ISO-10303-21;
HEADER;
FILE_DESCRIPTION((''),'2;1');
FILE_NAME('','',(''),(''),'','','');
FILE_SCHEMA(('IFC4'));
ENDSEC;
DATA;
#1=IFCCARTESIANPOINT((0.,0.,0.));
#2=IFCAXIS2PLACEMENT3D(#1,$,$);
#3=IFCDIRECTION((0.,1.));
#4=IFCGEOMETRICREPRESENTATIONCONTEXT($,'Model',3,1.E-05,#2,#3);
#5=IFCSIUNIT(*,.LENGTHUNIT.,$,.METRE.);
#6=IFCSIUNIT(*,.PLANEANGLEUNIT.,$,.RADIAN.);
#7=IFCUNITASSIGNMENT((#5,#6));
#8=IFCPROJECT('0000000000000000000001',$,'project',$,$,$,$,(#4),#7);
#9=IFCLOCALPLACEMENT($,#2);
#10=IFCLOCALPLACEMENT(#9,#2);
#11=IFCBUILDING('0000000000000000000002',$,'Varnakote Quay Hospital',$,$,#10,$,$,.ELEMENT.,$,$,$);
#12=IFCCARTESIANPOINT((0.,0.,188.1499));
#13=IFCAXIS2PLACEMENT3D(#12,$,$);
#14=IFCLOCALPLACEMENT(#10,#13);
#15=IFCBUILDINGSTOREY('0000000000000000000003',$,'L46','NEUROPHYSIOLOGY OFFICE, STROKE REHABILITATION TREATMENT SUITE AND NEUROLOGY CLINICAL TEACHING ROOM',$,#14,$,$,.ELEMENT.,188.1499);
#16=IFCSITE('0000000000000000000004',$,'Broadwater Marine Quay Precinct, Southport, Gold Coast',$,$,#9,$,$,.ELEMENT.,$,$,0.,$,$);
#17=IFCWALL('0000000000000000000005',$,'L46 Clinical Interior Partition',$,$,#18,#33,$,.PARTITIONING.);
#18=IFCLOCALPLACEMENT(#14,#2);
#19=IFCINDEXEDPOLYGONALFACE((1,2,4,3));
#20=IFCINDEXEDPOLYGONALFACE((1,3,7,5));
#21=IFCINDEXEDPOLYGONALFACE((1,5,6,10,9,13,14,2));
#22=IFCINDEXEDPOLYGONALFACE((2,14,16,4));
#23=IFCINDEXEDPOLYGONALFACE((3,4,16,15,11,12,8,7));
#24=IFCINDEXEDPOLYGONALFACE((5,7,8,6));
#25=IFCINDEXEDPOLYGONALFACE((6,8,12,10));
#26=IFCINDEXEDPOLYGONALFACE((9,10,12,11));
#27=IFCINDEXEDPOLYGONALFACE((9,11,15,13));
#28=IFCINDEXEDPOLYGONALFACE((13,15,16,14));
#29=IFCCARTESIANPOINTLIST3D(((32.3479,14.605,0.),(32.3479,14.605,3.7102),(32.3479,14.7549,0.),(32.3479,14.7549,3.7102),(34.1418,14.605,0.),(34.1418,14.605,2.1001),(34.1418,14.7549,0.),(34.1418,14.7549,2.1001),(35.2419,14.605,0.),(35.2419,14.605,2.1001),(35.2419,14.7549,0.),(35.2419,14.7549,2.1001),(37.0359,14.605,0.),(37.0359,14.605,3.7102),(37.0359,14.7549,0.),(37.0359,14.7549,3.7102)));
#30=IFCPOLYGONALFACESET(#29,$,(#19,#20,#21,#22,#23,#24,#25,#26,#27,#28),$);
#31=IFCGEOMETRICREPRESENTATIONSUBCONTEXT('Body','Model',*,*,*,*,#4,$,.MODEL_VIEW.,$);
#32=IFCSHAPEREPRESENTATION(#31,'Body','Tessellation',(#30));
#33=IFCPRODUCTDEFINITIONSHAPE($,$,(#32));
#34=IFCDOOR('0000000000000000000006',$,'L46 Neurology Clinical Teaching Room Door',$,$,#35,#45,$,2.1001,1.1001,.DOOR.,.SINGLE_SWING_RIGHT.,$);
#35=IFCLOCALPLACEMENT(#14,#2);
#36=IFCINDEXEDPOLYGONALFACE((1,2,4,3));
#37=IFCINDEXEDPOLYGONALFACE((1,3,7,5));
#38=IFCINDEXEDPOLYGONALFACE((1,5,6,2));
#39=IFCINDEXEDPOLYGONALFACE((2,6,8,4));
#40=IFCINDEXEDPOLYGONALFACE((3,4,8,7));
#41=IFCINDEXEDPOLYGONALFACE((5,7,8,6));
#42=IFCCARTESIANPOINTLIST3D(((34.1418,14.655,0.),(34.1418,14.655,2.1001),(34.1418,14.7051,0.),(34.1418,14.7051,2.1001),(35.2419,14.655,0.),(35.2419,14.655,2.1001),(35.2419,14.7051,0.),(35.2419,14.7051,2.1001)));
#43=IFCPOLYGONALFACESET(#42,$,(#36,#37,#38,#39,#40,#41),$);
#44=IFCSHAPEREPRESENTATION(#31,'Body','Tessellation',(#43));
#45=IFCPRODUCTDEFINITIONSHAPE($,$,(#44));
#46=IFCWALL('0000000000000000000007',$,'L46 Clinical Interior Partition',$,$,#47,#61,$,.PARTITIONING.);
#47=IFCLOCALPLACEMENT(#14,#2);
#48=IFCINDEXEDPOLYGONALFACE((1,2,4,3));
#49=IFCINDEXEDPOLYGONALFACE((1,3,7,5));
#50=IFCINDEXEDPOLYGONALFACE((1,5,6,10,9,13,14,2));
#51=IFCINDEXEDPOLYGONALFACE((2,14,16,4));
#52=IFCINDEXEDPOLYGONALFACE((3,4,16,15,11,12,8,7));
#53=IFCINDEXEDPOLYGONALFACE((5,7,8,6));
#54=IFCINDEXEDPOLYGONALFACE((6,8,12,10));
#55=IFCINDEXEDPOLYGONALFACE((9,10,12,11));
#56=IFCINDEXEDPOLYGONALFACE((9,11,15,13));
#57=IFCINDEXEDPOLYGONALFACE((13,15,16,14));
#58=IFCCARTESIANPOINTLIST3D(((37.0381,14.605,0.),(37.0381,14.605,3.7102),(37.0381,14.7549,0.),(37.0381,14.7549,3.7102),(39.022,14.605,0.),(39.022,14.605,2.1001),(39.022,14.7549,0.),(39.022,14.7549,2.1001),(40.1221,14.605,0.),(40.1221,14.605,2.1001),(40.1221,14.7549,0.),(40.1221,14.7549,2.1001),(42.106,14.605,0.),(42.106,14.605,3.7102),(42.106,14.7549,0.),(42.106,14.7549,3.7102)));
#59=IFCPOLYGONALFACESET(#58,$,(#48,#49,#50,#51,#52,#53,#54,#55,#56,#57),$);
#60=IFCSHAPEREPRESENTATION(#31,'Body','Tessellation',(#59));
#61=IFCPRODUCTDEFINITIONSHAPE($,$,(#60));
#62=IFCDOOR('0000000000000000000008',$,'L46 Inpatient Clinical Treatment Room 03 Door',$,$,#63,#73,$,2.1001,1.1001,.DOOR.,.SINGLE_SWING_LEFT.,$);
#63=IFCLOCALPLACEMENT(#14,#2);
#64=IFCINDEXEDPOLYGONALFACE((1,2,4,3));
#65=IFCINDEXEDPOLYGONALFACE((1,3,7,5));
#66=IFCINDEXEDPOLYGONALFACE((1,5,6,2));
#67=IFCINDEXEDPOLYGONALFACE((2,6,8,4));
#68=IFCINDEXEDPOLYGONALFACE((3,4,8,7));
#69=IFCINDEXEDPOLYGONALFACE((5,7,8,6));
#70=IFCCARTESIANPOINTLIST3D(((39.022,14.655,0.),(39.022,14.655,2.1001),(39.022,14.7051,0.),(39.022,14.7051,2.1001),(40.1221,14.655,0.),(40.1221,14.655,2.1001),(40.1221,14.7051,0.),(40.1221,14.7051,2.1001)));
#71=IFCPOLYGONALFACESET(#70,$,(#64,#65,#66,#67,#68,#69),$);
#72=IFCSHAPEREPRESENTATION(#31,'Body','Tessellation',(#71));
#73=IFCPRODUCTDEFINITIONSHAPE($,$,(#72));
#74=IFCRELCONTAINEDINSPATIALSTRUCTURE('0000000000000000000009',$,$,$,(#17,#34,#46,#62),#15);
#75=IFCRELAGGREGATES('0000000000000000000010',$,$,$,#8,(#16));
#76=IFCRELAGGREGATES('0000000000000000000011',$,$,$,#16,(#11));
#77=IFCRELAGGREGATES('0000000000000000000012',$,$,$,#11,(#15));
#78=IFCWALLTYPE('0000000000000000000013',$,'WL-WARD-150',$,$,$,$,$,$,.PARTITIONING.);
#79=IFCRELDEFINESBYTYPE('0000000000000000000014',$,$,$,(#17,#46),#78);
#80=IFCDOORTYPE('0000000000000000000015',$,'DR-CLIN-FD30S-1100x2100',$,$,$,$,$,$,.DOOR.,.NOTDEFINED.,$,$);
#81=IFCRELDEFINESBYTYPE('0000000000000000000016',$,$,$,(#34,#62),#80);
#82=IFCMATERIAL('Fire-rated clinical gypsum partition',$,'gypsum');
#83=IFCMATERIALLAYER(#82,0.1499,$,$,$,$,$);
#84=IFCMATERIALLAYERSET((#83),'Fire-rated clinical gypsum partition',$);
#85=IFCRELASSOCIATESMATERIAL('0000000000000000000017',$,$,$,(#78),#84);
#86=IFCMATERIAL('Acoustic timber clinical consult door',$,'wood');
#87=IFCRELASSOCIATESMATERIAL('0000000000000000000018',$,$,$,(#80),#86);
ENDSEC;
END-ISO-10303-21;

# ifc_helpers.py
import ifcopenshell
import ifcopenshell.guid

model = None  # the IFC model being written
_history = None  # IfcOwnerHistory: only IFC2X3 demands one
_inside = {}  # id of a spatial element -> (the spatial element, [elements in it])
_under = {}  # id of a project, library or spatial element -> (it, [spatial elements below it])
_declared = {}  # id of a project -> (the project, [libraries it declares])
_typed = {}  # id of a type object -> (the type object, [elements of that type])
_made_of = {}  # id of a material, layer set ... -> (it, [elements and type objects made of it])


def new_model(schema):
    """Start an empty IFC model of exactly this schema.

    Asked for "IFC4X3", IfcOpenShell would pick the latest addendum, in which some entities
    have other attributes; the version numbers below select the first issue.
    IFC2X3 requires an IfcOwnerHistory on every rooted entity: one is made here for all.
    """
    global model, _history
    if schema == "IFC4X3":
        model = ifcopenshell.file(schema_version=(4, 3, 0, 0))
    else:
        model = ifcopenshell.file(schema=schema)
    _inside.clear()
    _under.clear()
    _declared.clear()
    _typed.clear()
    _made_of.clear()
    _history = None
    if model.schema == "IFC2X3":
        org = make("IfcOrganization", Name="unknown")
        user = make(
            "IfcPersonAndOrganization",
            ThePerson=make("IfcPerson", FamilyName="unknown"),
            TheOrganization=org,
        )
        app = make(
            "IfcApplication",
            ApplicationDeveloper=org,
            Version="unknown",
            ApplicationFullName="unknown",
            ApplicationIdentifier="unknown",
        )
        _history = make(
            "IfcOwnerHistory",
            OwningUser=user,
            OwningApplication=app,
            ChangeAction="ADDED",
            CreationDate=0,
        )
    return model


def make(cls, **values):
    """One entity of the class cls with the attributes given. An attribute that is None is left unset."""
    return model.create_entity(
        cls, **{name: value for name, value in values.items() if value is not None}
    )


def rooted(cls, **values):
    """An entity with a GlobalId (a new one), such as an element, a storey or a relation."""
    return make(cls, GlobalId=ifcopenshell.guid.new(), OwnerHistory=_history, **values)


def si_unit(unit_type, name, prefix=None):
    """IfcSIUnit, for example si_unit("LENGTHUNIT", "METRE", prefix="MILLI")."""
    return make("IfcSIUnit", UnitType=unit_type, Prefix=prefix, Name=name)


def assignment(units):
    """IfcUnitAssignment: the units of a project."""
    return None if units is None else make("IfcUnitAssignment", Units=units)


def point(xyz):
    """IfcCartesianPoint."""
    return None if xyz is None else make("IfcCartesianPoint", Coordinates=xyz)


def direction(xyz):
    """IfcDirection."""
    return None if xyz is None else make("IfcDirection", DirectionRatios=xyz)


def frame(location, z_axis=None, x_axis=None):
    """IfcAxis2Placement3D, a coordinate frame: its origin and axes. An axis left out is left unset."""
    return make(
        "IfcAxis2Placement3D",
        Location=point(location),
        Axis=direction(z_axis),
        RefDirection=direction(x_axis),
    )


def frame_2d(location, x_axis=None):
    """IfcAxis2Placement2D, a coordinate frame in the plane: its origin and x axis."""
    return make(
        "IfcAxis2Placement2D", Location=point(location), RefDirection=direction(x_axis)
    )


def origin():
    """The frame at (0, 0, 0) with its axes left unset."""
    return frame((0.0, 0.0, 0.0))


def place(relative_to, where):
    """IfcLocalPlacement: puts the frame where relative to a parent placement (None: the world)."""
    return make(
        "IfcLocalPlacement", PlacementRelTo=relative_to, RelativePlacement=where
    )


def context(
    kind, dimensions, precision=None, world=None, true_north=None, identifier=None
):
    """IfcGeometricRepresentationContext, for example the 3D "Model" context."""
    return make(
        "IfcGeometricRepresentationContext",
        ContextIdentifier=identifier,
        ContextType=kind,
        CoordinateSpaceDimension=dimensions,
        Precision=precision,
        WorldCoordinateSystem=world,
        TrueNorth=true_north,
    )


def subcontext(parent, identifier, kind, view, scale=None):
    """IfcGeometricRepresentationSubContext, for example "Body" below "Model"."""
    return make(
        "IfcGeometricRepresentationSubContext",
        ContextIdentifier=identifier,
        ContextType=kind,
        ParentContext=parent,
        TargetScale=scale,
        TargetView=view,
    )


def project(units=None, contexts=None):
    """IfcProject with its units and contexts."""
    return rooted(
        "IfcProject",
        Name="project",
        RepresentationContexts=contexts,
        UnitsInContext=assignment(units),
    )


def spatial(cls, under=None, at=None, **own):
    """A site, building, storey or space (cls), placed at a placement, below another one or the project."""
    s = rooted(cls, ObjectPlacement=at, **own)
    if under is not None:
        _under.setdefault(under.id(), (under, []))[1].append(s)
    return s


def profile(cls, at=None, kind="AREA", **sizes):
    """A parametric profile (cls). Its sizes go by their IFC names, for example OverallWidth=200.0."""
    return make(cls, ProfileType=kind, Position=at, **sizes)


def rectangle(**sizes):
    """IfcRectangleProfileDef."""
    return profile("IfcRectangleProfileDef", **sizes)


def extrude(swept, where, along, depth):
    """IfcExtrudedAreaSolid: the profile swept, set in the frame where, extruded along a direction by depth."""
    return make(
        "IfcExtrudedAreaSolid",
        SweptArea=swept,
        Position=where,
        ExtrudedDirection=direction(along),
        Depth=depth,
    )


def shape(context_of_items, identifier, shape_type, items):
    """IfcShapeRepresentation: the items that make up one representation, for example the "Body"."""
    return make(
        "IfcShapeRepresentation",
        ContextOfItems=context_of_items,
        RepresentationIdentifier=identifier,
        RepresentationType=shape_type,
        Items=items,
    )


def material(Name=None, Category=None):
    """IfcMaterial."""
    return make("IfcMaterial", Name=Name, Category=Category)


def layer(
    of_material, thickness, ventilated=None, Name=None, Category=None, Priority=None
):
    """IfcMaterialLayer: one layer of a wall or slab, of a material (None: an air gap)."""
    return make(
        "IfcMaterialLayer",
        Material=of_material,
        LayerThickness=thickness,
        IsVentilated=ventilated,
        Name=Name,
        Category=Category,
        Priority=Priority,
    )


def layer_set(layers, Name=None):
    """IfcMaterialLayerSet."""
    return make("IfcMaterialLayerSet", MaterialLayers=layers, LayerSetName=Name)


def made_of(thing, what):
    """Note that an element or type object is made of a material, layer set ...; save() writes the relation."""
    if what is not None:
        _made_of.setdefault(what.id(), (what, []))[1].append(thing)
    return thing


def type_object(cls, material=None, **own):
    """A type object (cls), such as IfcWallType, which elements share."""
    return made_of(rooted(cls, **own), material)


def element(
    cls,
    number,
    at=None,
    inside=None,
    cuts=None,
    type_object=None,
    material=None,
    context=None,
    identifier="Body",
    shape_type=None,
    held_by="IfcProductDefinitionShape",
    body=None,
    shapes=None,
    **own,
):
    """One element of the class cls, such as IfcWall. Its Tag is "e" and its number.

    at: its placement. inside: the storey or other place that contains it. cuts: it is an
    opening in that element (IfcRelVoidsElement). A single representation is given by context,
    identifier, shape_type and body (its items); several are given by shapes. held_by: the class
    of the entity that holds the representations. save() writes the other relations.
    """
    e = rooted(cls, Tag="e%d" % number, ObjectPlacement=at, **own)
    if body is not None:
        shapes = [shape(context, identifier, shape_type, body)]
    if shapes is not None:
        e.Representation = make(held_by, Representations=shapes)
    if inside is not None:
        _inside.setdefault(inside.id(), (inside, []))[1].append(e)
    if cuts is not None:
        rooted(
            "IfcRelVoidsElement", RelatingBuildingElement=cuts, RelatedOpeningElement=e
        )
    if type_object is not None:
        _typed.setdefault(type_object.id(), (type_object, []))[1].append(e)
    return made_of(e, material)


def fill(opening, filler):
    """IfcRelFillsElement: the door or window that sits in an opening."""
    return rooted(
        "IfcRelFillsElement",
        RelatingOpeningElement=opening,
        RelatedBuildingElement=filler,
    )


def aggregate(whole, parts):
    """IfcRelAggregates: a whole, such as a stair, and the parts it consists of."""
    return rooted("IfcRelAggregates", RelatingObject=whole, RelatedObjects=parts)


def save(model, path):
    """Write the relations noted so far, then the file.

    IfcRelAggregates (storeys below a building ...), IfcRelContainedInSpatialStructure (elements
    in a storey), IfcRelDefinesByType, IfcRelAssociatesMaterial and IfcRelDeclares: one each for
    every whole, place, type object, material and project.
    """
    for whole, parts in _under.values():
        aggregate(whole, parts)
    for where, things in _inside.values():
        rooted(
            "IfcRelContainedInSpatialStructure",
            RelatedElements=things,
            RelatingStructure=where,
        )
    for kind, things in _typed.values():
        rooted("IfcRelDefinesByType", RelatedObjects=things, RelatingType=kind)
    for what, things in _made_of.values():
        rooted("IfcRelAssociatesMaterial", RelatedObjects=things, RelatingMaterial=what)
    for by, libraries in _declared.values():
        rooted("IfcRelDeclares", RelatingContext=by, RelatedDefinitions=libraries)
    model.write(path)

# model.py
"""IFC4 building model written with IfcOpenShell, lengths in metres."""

from ifc_helpers import new_model, si_unit, direction, frame, frame_2d, origin, place, context, subcontext, project, spatial, rectangle, extrude, material, layer, layer_set, type_object, element, fill, save


model = new_model("IFC4")

# Units and contexts
model_context = context("Model", 3, precision=1e-05, world=origin(), true_north=direction((0.0, 1.0)))
body_context = subcontext(model_context, "Body", "Model", "MODEL_VIEW")
ifc_project = project(units=[si_unit("LENGTHUNIT", "METRE"), si_unit("PLANEANGLEUNIT", "RADIAN")], contexts=[model_context])

# Site, building, storey
site_placement = place(None, origin())
site = spatial("IfcSite", under=ifc_project, at=site_placement, Name="Broadwater Marine Quay Precinct, Southport, Gold Coast", CompositionType="ELEMENT", RefElevation=0.0)
building_placement = place(site_placement, origin())
building = spatial("IfcBuilding", under=site, at=building_placement, Name="Varnakote Quay Hospital", CompositionType="ELEMENT")
storey_placement = place(building_placement, frame((0.0, 0.0, 188.1499)))
storey = spatial("IfcBuildingStorey", under=building, at=storey_placement, Name="L46", Description="NEUROPHYSIOLOGY OFFICE, STROKE REHABILITATION TREATMENT SUITE AND NEUROLOGY CLINICAL TEACHING ROOM", CompositionType="ELEMENT", Elevation=188.1499)

# Walls, openings, doors
ifc_material_1 = material(Name="Fire-rated clinical gypsum partition", Category="gypsum")
ifc_layer_1 = layer(ifc_material_1, 0.1499)
ifc_layer_set_1 = layer_set([ifc_layer_1], Name="Fire-rated clinical gypsum partition")
wall_type_1 = type_object("IfcWallType", Name="WL-WARD-150", PredefinedType="PARTITIONING", material=ifc_layer_set_1)
ifc_material_2 = material(Name="Acoustic timber clinical consult door", Category="wood")
door_type_1 = type_object("IfcDoorType", Name="DR-CLIN-FD30S-1100x2100", OperationType="NOTDEFINED", PredefinedType="DOOR", material=ifc_material_2)
wall_1_placement = place(storey_placement, frame((37.0359, 14.6799, 0.0), z_axis=(0.0, 0.0, 1.0), x_axis=(-1.0, 0.0, 0.0)))
wall_1 = element("IfcWall", 1, at=wall_1_placement, inside=storey, type_object=wall_type_1, Name="L46 Clinical Interior Partition", PredefinedType="PARTITIONING", context=body_context, shape_type="SweptSolid", body=[
    extrude(rectangle(XDim=4.688, YDim=0.1499, at=frame_2d((2.344, 0.0))), origin(), (0.0, 0.0, 1.0), 3.7102),
])
opening_1_placement = place(wall_1_placement, frame((1.7939, 0.0, 0.0)))
opening_1 = element("IfcOpeningElement", 2, at=opening_1_placement, cuts=wall_1, PredefinedType="OPENING", context=body_context, shape_type="SweptSolid", body=[
    extrude(rectangle(XDim=1.1001, YDim=2.1001, at=frame_2d((0.55, 1.05))), frame((0.0, 0.085, 0.0), z_axis=(0.0, -1.0, 0.0), x_axis=(1.0, 0.0, 0.0)), (0.0, 0.0, 1.0), 0.1699),
])
door_1_placement = place(opening_1_placement, origin())
door_1 = element("IfcDoor", 3, at=door_1_placement, inside=storey, type_object=door_type_1, Name="L46 Neurology Clinical Teaching Room Door", OperationType="SINGLE_SWING_RIGHT", OverallHeight=2.1001, OverallWidth=1.1001, PredefinedType="DOOR", context=body_context, shape_type="SweptSolid", body=[
    extrude(rectangle(XDim=1.1001, YDim=2.1001, at=frame_2d((0.55, 1.05))), frame((0.0, 0.0249, 0.0), z_axis=(0.0, -1.0, 0.0), x_axis=(1.0, 0.0, 0.0)), (0.0, 0.0, 1.0), 0.05),
])
fill(opening_1, door_1)
wall_2_placement = place(storey_placement, frame((42.106, 14.6799, 0.0), z_axis=(0.0, 0.0, 1.0), x_axis=(-1.0, 0.0, 0.0)))
wall_2 = element("IfcWall", 4, at=wall_2_placement, inside=storey, type_object=wall_type_1, Name="L46 Clinical Interior Partition", PredefinedType="PARTITIONING", context=body_context, shape_type="SweptSolid", body=[
    extrude(rectangle(XDim=5.0679, YDim=0.1499, at=frame_2d((2.5339, 0.0))), origin(), (0.0, 0.0, 1.0), 3.7102),
])
opening_2_placement = place(wall_2_placement, frame((1.9839, 0.0, 0.0)))
opening_2 = element("IfcOpeningElement", 5, at=opening_2_placement, cuts=wall_2, PredefinedType="OPENING", context=body_context, shape_type="SweptSolid", body=[
    extrude(rectangle(XDim=1.1001, YDim=2.1001, at=frame_2d((0.55, 1.05))), frame((0.0, 0.085, 0.0), z_axis=(0.0, -1.0, 0.0), x_axis=(1.0, 0.0, 0.0)), (0.0, 0.0, 1.0), 0.1699),
])
door_2_placement = place(opening_2_placement, origin())
door_2 = element("IfcDoor", 6, at=door_2_placement, inside=storey, type_object=door_type_1, Name="L46 Inpatient Clinical Treatment Room 03 Door", OperationType="SINGLE_SWING_LEFT", OverallHeight=2.1001, OverallWidth=1.1001, PredefinedType="DOOR", context=body_context, shape_type="SweptSolid", body=[
    extrude(rectangle(XDim=1.1001, YDim=2.1001, at=frame_2d((0.55, 1.05))), frame((0.0, 0.0249, 0.0), z_axis=(0.0, -1.0, 0.0), x_axis=(1.0, 0.0, 0.0)), (0.0, 0.0, 1.0), 0.05),
])
fill(opening_2, door_2)

save(model, "model.ifc")
